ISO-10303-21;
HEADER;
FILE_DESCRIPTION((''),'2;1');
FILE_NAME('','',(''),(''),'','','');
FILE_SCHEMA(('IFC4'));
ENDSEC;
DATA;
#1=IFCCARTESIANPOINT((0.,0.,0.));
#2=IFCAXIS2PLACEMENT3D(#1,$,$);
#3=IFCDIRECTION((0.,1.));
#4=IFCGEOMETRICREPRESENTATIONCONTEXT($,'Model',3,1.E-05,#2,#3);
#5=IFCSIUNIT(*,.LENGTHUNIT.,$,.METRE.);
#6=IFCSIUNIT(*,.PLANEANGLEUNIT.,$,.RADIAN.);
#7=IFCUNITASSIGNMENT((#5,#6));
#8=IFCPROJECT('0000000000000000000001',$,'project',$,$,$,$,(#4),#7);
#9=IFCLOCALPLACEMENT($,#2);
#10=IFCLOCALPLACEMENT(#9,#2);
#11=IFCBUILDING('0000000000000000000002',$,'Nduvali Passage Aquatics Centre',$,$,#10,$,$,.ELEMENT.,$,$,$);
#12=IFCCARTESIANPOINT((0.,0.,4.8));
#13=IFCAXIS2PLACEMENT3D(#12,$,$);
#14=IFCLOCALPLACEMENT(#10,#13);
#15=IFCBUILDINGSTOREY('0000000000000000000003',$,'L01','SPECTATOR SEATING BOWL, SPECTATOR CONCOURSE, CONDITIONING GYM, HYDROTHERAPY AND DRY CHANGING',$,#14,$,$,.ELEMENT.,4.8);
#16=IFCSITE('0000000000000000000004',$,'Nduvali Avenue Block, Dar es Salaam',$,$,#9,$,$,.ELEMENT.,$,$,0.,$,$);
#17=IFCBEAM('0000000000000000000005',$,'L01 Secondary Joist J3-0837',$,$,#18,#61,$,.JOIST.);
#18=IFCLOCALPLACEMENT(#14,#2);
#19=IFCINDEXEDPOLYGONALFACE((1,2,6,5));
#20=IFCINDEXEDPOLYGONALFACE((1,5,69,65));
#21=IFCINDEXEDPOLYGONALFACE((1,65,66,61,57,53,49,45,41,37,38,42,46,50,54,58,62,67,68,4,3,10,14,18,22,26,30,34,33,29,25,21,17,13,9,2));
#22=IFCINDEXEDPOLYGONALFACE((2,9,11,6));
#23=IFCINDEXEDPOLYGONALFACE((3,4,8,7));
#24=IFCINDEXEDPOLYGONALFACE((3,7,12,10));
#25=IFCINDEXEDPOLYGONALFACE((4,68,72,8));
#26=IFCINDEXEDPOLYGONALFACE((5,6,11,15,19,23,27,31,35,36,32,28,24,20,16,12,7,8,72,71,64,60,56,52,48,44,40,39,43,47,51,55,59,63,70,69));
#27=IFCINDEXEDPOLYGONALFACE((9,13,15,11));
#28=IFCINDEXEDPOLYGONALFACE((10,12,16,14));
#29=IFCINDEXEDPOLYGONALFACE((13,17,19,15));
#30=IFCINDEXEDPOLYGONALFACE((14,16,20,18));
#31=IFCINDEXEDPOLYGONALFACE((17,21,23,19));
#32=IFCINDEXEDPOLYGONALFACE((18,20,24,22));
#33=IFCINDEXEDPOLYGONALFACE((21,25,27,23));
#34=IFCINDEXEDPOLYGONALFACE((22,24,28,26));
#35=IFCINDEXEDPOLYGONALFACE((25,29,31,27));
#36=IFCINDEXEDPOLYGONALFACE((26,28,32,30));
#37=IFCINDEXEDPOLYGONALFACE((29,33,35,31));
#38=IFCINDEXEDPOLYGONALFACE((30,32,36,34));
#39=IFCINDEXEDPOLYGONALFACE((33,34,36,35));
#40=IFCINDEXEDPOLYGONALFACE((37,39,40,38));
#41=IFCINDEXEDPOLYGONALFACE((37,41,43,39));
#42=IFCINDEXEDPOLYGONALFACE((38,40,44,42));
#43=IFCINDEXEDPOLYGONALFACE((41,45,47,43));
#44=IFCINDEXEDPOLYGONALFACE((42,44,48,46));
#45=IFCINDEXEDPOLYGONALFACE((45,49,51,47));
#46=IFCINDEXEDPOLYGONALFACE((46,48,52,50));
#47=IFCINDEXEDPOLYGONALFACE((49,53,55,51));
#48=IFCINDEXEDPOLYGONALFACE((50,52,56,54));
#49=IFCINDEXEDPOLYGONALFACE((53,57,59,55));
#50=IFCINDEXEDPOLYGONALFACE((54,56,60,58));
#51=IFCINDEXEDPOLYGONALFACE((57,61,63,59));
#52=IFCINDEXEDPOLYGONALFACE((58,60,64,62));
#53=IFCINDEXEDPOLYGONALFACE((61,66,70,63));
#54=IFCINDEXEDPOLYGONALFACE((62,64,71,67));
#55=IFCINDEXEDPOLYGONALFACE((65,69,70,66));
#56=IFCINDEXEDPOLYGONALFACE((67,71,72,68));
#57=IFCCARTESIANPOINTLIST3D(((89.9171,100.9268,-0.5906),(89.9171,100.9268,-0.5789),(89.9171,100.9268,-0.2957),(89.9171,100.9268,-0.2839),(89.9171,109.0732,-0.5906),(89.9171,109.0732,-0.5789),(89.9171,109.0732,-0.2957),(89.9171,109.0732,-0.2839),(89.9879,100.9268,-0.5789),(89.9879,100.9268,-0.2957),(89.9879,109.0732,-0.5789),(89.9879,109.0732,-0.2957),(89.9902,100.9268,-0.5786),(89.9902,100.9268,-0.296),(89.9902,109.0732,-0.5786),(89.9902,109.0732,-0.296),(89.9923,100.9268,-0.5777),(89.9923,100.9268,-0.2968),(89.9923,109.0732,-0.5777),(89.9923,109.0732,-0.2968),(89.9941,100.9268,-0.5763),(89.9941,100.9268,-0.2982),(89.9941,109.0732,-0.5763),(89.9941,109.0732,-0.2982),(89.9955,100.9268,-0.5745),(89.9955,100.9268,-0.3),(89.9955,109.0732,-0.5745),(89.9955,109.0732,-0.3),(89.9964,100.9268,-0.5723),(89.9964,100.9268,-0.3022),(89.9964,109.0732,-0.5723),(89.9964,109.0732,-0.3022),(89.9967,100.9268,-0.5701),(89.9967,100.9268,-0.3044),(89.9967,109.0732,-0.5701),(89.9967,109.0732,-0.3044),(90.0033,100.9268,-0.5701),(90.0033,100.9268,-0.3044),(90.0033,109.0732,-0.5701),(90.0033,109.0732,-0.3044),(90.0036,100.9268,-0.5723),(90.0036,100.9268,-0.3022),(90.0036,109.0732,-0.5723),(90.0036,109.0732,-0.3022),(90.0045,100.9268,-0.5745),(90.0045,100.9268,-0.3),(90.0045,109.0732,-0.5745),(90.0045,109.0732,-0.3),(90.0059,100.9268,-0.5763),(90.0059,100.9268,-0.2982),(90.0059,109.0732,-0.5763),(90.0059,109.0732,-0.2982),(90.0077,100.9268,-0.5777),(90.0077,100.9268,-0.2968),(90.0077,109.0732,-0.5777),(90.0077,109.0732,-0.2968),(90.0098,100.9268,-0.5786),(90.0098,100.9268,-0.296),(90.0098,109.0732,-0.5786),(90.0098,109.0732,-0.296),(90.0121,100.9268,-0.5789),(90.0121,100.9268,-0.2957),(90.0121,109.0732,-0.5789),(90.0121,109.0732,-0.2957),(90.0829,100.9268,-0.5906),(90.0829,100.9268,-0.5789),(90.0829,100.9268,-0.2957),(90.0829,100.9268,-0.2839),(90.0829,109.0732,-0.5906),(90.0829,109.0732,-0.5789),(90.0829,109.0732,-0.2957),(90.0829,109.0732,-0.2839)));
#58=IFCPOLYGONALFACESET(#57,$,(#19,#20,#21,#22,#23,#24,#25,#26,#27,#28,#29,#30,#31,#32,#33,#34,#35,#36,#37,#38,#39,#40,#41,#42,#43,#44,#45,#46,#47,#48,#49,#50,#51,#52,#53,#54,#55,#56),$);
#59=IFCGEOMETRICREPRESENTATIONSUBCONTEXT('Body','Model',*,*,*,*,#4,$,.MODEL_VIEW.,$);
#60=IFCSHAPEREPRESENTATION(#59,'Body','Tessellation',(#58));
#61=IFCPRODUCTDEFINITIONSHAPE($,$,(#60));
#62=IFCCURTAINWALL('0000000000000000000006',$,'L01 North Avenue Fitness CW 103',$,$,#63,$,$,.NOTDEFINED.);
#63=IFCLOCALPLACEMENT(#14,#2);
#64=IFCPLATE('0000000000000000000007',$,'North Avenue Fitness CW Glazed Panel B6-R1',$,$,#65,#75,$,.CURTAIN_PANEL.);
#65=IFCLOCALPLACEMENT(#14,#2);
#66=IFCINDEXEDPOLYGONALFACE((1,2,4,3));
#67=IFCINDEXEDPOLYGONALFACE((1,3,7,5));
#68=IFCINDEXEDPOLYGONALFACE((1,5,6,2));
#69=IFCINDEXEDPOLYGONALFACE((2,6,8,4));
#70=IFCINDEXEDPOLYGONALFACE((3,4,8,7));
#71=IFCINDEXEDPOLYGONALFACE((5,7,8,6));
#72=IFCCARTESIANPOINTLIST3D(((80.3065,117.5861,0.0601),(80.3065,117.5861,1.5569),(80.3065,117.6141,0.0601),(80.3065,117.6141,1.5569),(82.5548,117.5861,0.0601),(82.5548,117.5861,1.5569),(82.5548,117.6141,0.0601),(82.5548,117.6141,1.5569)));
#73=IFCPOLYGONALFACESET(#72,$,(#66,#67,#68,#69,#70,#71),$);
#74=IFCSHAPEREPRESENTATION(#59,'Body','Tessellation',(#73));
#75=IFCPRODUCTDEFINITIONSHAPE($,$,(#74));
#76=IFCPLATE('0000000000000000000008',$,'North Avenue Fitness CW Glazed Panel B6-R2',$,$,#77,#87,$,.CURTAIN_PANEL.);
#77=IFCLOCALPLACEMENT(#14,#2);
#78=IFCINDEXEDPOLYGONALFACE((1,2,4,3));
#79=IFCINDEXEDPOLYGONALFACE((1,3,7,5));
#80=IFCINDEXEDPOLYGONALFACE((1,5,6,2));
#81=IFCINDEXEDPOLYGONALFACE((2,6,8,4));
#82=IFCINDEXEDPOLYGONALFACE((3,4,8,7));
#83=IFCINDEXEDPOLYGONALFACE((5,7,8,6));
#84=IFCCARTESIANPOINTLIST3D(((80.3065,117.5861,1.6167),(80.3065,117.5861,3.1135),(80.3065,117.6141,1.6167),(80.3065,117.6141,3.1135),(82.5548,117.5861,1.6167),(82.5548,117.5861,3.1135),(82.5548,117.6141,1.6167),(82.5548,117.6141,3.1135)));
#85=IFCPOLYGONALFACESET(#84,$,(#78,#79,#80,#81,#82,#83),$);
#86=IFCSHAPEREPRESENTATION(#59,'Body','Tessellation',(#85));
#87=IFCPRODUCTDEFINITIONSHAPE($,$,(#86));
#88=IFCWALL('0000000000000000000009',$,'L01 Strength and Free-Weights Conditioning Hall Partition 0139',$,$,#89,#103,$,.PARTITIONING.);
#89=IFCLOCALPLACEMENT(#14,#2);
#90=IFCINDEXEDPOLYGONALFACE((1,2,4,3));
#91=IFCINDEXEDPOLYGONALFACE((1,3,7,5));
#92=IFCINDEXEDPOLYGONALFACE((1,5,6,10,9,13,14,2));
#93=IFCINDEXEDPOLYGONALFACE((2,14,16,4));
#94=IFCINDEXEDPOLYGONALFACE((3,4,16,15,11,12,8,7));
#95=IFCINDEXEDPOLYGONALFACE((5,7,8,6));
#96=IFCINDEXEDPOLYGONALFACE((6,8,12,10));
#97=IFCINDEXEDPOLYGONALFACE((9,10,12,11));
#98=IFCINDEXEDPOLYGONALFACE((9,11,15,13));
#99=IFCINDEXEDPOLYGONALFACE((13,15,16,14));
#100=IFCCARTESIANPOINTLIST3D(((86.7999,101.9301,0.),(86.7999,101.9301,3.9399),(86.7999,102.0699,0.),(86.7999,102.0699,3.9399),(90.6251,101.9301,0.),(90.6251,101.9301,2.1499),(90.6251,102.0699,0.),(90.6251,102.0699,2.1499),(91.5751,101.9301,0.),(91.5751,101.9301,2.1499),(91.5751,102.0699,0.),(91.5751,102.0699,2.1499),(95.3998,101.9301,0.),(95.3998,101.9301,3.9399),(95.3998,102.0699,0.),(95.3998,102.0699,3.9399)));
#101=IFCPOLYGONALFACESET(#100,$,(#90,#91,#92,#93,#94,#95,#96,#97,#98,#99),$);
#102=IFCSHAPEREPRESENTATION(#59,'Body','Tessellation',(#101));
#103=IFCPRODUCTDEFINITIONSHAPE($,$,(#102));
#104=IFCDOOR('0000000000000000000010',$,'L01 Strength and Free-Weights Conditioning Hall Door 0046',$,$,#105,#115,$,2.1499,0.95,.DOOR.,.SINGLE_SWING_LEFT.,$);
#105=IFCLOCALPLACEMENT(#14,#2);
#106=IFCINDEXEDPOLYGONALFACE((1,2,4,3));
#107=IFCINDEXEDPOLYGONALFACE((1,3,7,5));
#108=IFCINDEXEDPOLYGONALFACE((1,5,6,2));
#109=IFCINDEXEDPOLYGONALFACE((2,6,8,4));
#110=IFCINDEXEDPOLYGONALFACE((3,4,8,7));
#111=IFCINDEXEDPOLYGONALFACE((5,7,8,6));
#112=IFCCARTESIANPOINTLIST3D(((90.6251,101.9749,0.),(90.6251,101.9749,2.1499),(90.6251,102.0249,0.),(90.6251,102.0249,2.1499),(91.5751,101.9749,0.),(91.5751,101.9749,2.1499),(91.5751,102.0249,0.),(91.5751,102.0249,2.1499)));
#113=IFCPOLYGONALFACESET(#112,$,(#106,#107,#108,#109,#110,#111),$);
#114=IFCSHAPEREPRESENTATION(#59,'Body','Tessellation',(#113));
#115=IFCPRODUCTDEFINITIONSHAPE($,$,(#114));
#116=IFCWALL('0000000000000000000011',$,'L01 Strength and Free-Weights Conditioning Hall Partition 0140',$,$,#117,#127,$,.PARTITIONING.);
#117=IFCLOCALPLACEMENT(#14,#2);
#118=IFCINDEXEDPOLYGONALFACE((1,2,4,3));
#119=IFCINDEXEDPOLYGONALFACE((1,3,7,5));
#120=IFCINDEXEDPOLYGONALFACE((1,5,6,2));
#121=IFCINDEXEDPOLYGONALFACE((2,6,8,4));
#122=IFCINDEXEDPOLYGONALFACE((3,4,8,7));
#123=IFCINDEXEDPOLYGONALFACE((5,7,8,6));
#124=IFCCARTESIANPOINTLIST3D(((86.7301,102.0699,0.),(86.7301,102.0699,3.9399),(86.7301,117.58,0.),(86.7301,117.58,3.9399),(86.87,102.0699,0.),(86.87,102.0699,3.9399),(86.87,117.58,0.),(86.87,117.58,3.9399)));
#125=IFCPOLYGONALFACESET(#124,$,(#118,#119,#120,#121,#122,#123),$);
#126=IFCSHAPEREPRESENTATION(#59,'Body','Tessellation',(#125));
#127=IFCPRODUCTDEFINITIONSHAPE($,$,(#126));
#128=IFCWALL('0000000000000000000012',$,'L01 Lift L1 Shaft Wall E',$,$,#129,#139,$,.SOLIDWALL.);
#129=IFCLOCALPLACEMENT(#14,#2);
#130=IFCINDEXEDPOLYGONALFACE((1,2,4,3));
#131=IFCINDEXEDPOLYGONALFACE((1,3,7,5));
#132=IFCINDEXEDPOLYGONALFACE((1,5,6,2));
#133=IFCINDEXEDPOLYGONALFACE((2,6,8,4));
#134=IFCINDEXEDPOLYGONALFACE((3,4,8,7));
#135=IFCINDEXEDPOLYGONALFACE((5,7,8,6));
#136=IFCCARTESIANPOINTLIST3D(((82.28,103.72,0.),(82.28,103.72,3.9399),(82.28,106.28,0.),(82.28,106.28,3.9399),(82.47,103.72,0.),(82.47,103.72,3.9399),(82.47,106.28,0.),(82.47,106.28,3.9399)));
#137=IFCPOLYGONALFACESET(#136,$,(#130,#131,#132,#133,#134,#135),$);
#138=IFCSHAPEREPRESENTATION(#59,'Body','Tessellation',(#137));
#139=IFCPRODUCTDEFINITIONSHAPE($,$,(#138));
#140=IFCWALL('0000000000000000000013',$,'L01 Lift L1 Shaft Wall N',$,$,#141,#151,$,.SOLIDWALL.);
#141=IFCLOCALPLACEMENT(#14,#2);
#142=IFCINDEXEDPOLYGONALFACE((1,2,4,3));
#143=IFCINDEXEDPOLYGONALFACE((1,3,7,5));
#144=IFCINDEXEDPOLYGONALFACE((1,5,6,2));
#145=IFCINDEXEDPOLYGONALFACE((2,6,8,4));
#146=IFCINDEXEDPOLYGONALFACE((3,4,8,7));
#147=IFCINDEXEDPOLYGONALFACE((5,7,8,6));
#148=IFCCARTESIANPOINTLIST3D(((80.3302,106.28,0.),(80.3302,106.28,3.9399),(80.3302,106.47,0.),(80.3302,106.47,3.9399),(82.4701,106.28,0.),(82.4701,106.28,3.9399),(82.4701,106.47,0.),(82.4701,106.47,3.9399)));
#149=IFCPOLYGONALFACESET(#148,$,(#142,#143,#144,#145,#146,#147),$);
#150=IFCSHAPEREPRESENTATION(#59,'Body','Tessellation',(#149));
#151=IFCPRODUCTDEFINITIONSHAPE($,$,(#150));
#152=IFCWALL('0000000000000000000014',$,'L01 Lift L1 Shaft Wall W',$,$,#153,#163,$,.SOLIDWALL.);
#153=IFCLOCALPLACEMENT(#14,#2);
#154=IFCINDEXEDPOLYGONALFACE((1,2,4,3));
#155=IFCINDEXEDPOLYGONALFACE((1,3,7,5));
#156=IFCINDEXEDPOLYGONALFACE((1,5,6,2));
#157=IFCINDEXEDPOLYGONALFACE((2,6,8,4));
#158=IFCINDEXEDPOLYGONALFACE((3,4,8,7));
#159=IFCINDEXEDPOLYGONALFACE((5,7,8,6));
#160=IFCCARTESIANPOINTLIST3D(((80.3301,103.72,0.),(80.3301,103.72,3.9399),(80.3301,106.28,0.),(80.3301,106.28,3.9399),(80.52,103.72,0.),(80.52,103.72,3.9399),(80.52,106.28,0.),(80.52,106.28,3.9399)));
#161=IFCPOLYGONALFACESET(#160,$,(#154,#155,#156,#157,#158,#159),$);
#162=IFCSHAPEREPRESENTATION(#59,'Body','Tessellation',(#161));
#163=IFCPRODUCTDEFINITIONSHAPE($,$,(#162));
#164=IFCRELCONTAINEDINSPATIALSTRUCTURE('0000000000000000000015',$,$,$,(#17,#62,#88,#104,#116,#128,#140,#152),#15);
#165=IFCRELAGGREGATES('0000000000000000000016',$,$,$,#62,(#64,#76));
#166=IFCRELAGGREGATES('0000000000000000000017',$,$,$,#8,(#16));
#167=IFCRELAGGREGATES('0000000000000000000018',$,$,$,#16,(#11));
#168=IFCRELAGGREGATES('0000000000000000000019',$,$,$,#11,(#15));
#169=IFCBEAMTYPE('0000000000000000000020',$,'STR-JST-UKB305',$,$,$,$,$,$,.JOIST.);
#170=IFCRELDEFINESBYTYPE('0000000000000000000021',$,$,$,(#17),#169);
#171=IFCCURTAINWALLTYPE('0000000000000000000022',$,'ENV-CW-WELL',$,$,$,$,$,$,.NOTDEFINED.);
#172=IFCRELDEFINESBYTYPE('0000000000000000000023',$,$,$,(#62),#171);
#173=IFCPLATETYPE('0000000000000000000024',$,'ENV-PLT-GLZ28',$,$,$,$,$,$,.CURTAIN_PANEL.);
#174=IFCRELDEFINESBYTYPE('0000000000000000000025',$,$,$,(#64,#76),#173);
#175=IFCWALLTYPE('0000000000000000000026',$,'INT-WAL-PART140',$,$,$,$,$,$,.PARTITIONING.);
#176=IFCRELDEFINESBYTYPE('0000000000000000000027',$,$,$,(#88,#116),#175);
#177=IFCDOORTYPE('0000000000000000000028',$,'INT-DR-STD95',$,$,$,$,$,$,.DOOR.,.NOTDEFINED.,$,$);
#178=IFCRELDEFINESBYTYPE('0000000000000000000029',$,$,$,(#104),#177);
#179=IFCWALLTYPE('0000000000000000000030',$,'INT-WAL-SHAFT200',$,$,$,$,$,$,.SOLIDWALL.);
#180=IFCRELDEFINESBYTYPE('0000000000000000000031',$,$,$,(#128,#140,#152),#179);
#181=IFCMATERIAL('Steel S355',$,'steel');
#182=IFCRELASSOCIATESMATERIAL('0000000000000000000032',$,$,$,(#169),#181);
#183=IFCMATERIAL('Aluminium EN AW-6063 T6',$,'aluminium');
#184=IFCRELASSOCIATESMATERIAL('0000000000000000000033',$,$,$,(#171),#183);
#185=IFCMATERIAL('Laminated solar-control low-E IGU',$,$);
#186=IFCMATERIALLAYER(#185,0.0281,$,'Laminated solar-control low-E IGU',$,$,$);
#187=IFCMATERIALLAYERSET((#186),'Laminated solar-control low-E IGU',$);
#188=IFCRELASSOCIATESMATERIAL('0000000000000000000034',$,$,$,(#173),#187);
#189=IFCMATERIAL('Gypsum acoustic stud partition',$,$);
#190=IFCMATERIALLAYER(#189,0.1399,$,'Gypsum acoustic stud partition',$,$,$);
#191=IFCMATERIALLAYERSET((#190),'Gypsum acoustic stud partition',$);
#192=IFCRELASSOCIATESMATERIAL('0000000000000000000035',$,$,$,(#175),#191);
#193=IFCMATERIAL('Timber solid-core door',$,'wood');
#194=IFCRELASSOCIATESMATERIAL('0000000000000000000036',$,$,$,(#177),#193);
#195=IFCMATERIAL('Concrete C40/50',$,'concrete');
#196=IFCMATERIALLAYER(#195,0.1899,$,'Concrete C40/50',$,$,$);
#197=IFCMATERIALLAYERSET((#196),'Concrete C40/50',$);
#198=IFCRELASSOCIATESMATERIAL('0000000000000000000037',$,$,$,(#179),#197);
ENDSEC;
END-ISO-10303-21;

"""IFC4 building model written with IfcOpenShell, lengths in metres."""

from ifc_helpers import new_model, si_unit, direction, frame, frame_2d, origin, origin_2d, place, context, subcontext, project, spatial, rectangle, i_section, extrude, material, layer, layer_set, material_profile, profile_set, type_object, element, fill, aggregate, save


model = new_model("IFC4")

# Units and contexts
model_context = context("Model", 3, precision=1e-05, world=origin(), true_north=direction((0.0, 1.0)))
body_context = subcontext(model_context, "Body", "Model", "MODEL_VIEW")
ifc_project = project(units=[si_unit("LENGTHUNIT", "METRE"), si_unit("PLANEANGLEUNIT", "RADIAN")], contexts=[model_context])

# Site, building, storey
site_placement = place(None, origin())
site = spatial("IfcSite", under=ifc_project, at=site_placement, Name="Nduvali Avenue Block, Dar es Salaam", CompositionType="ELEMENT", RefElevation=0.0)
building_placement = place(site_placement, origin())
building = spatial("IfcBuilding", under=site, at=building_placement, Name="Nduvali Passage Aquatics Centre", CompositionType="ELEMENT")
storey_placement = place(building_placement, frame((0.0, 0.0, 4.8)))
storey = spatial("IfcBuildingStorey", under=building, at=storey_placement, Name="L01", Description="SPECTATOR SEATING BOWL, SPECTATOR CONCOURSE, CONDITIONING GYM, HYDROTHERAPY AND DRY CHANGING", CompositionType="ELEMENT", Elevation=4.8)

# Shared definitions
ifc_material_1 = material(Name="Steel S355", Category="steel")

# Beam
ifc_material_profile_1 = material_profile(ifc_material_1, i_section(OverallWidth=0.1658, OverallDepth=0.3066, WebThickness=0.0066, FlangeThickness=0.0117, FilletRadius=0.0088, at=origin_2d()), Name="UKB 305x165x46")
ifc_profile_set_1 = profile_set([ifc_material_profile_1], Name="Steel S355")
beam_type_1 = type_object("IfcBeamType", Name="STR-JST-UKB305", PredefinedType="JOIST", material=ifc_profile_set_1)
for number, where, z_axis, x_axis, name in (
    (1, (90.0, 100.9268, -0.4373), (0.0, 1.0, 0.0), (-1.0, 0.0, 0.0), "L01 Secondary Joist J3-0837"),
):
    element("IfcBeam", number, at=place(storey_placement, frame(where, z_axis=z_axis, x_axis=x_axis)), inside=storey, type_object=beam_type_1, Name=name, PredefinedType="JOIST", context=body_context, shape_type="SweptSolid", body=[
        extrude(i_section(OverallWidth=0.1658, OverallDepth=0.3066, WebThickness=0.0066, FlangeThickness=0.0117, FilletRadius=0.0088, at=origin_2d()), origin(), (0.0, 0.0, 1.0), 8.1465),
    ])

# Curtain wall, plates
ifc_material_2 = material(Name="Aluminium EN AW-6063 T6", Category="aluminium")
curtain_wall_type = type_object("IfcCurtainWallType", Name="ENV-CW-WELL", PredefinedType="NOTDEFINED", material=ifc_material_2)
curtain_wall_placement = place(storey_placement, origin())
curtain_wall = element("IfcCurtainWall", 2, at=curtain_wall_placement, inside=storey, type_object=curtain_wall_type, Name="L01 North Avenue Fitness CW 103", PredefinedType="NOTDEFINED")
ifc_material_3 = material(Name="Laminated solar-control low-E IGU")
ifc_layer_1 = layer(ifc_material_3, 0.0281, Name="Laminated solar-control low-E IGU")
ifc_layer_set_1 = layer_set([ifc_layer_1], Name="Laminated solar-control low-E IGU")
plate_type = type_object("IfcPlateType", Name="ENV-PLT-GLZ28", PredefinedType="CURTAIN_PANEL", material=ifc_layer_set_1)
plate_1_placement = place(storey_placement, frame((81.4307, 117.6001, 0.0601), z_axis=(0.0, 0.0, 1.0), x_axis=(1.0, 0.0, 0.0)))
plate_1 = element("IfcPlate", 3, at=plate_1_placement, type_object=plate_type, Name="North Avenue Fitness CW Glazed Panel B6-R1", PredefinedType="CURTAIN_PANEL", context=body_context, shape_type="SweptSolid", body=[
    extrude(rectangle(XDim=2.2483, YDim=0.0281, at=origin_2d()), origin(), (0.0, 0.0, 1.0), 1.4968),
])
plate_2_placement = place(storey_placement, frame((81.4307, 117.6001, 1.6167), z_axis=(0.0, 0.0, 1.0), x_axis=(1.0, 0.0, 0.0)))
plate_2 = element("IfcPlate", 4, at=plate_2_placement, type_object=plate_type, Name="North Avenue Fitness CW Glazed Panel B6-R2", PredefinedType="CURTAIN_PANEL", context=body_context, shape_type="SweptSolid", body=[
    extrude(rectangle(XDim=2.2483, YDim=0.0281, at=origin_2d()), origin(), (0.0, 0.0, 1.0), 1.4968),
])
aggregate(curtain_wall, [plate_1, plate_2])

# Wall, opening, door
ifc_material_4 = material(Name="Gypsum acoustic stud partition")
ifc_layer_2 = layer(ifc_material_4, 0.1399, Name="Gypsum acoustic stud partition")
ifc_layer_set_2 = layer_set([ifc_layer_2], Name="Gypsum acoustic stud partition")
wall_type_1 = type_object("IfcWallType", Name="INT-WAL-PART140", PredefinedType="PARTITIONING", material=ifc_layer_set_2)
wall_1_placement = place(storey_placement, frame((86.8, 102.0, 0.0), z_axis=(0.0, 0.0, 1.0), x_axis=(1.0, 0.0, 0.0)))
wall_1 = element("IfcWall", 5, at=wall_1_placement, inside=storey, type_object=wall_type_1, Name="L01 Strength and Free-Weights Conditioning Hall Partition 0139", PredefinedType="PARTITIONING", context=body_context, shape_type="SweptSolid", body=[
    extrude(rectangle(XDim=8.5999, YDim=0.1399, at=frame_2d((4.2998, 0.0))), origin(), (0.0, 0.0, 1.0), 3.9399),
])
opening_1_placement = place(wall_1_placement, frame((3.825, 0.0, 0.0)))
opening_1 = element("IfcOpeningElement", 6, at=opening_1_placement, cuts=wall_1, PredefinedType="OPENING", context=body_context, shape_type="SweptSolid", body=[
    extrude(rectangle(XDim=0.95, YDim=2.1499, at=frame_2d((0.4751, 1.075))), frame((0.0, 0.085, 0.0), z_axis=(0.0, -1.0, 0.0), x_axis=(1.0, 0.0, 0.0)), (0.0, 0.0, 1.0), 0.1697),
])
ifc_material_5 = material(Name="Timber solid-core door", Category="wood")
door_type_1 = type_object("IfcDoorType", Name="INT-DR-STD95", OperationType="NOTDEFINED", PredefinedType="DOOR", material=ifc_material_5)
door_1_placement = place(opening_1_placement, origin())
door_1 = element("IfcDoor", 7, at=door_1_placement, inside=storey, type_object=door_type_1, Name="L01 Strength and Free-Weights Conditioning Hall Door 0046", OperationType="SINGLE_SWING_LEFT", OverallHeight=2.1499, OverallWidth=0.95, PredefinedType="DOOR", context=body_context, shape_type="SweptSolid", body=[
    extrude(rectangle(XDim=0.95, YDim=2.1499, at=frame_2d((0.4751, 1.075))), frame((0.0, 0.0249, 0.0), z_axis=(0.0, -1.0, 0.0), x_axis=(1.0, 0.0, 0.0)), (0.0, 0.0, 1.0), 0.05),
])
fill(opening_1, door_1)

# Walls
wall_2_placement = place(storey_placement, frame((86.8, 102.0701, 0.0), z_axis=(0.0, 0.0, 1.0), x_axis=(0.0, 1.0, 0.0)))
element("IfcWall", 8, at=wall_2_placement, inside=storey, type_object=wall_type_1, Name="L01 Strength and Free-Weights Conditioning Hall Partition 0140", PredefinedType="PARTITIONING", context=body_context, shape_type="SweptSolid", body=[
    extrude(rectangle(XDim=15.51, YDim=0.1399, at=frame_2d((7.7549, 0.0))), origin(), (0.0, 0.0, 1.0), 3.9399),
])
ifc_material_6 = material(Name="Concrete C40/50", Category="concrete")
ifc_layer_3 = layer(ifc_material_6, 0.1899, Name="Concrete C40/50")
ifc_layer_set_3 = layer_set([ifc_layer_3], Name="Concrete C40/50")
wall_type_2 = type_object("IfcWallType", Name="INT-WAL-SHAFT200", PredefinedType="SOLIDWALL", material=ifc_layer_set_3)
wall_3_placement = place(storey_placement, frame((82.375, 103.72, 0.0), z_axis=(0.0, 0.0, 1.0), x_axis=(0.0, 1.0, 0.0)))
element("IfcWall", 9, at=wall_3_placement, inside=storey, type_object=wall_type_2, Name="L01 Lift L1 Shaft Wall E", PredefinedType="SOLIDWALL", context=body_context, shape_type="SweptSolid", body=[
    extrude(rectangle(XDim=2.5601, YDim=0.1899, at=frame_2d((1.28, 0.0))), origin(), (0.0, 0.0, 1.0), 3.9399),
])
wall_4_placement = place(storey_placement, frame((82.47, 106.375, 0.0), z_axis=(0.0, 0.0, 1.0), x_axis=(-1.0, 0.0, 0.0)))
element("IfcWall", 10, at=wall_4_placement, inside=storey, type_object=wall_type_2, Name="L01 Lift L1 Shaft Wall N", PredefinedType="SOLIDWALL", context=body_context, shape_type="SweptSolid", body=[
    extrude(rectangle(XDim=2.1399, YDim=0.1899, at=frame_2d((1.0698, 0.0))), origin(), (0.0, 0.0, 1.0), 3.9399),
])
wall_5_placement = place(storey_placement, frame((80.425, 106.28, 0.0), z_axis=(0.0, 0.0, 1.0), x_axis=(0.0, -1.0, 0.0)))
element("IfcWall", 11, at=wall_5_placement, inside=storey, type_object=wall_type_2, Name="L01 Lift L1 Shaft Wall W", PredefinedType="SOLIDWALL", context=body_context, shape_type="SweptSolid", body=[
    extrude(rectangle(XDim=2.5601, YDim=0.1899, at=frame_2d((1.28, 0.0))), origin(), (0.0, 0.0, 1.0), 3.9399),
])

save(model, "model.ifc")
